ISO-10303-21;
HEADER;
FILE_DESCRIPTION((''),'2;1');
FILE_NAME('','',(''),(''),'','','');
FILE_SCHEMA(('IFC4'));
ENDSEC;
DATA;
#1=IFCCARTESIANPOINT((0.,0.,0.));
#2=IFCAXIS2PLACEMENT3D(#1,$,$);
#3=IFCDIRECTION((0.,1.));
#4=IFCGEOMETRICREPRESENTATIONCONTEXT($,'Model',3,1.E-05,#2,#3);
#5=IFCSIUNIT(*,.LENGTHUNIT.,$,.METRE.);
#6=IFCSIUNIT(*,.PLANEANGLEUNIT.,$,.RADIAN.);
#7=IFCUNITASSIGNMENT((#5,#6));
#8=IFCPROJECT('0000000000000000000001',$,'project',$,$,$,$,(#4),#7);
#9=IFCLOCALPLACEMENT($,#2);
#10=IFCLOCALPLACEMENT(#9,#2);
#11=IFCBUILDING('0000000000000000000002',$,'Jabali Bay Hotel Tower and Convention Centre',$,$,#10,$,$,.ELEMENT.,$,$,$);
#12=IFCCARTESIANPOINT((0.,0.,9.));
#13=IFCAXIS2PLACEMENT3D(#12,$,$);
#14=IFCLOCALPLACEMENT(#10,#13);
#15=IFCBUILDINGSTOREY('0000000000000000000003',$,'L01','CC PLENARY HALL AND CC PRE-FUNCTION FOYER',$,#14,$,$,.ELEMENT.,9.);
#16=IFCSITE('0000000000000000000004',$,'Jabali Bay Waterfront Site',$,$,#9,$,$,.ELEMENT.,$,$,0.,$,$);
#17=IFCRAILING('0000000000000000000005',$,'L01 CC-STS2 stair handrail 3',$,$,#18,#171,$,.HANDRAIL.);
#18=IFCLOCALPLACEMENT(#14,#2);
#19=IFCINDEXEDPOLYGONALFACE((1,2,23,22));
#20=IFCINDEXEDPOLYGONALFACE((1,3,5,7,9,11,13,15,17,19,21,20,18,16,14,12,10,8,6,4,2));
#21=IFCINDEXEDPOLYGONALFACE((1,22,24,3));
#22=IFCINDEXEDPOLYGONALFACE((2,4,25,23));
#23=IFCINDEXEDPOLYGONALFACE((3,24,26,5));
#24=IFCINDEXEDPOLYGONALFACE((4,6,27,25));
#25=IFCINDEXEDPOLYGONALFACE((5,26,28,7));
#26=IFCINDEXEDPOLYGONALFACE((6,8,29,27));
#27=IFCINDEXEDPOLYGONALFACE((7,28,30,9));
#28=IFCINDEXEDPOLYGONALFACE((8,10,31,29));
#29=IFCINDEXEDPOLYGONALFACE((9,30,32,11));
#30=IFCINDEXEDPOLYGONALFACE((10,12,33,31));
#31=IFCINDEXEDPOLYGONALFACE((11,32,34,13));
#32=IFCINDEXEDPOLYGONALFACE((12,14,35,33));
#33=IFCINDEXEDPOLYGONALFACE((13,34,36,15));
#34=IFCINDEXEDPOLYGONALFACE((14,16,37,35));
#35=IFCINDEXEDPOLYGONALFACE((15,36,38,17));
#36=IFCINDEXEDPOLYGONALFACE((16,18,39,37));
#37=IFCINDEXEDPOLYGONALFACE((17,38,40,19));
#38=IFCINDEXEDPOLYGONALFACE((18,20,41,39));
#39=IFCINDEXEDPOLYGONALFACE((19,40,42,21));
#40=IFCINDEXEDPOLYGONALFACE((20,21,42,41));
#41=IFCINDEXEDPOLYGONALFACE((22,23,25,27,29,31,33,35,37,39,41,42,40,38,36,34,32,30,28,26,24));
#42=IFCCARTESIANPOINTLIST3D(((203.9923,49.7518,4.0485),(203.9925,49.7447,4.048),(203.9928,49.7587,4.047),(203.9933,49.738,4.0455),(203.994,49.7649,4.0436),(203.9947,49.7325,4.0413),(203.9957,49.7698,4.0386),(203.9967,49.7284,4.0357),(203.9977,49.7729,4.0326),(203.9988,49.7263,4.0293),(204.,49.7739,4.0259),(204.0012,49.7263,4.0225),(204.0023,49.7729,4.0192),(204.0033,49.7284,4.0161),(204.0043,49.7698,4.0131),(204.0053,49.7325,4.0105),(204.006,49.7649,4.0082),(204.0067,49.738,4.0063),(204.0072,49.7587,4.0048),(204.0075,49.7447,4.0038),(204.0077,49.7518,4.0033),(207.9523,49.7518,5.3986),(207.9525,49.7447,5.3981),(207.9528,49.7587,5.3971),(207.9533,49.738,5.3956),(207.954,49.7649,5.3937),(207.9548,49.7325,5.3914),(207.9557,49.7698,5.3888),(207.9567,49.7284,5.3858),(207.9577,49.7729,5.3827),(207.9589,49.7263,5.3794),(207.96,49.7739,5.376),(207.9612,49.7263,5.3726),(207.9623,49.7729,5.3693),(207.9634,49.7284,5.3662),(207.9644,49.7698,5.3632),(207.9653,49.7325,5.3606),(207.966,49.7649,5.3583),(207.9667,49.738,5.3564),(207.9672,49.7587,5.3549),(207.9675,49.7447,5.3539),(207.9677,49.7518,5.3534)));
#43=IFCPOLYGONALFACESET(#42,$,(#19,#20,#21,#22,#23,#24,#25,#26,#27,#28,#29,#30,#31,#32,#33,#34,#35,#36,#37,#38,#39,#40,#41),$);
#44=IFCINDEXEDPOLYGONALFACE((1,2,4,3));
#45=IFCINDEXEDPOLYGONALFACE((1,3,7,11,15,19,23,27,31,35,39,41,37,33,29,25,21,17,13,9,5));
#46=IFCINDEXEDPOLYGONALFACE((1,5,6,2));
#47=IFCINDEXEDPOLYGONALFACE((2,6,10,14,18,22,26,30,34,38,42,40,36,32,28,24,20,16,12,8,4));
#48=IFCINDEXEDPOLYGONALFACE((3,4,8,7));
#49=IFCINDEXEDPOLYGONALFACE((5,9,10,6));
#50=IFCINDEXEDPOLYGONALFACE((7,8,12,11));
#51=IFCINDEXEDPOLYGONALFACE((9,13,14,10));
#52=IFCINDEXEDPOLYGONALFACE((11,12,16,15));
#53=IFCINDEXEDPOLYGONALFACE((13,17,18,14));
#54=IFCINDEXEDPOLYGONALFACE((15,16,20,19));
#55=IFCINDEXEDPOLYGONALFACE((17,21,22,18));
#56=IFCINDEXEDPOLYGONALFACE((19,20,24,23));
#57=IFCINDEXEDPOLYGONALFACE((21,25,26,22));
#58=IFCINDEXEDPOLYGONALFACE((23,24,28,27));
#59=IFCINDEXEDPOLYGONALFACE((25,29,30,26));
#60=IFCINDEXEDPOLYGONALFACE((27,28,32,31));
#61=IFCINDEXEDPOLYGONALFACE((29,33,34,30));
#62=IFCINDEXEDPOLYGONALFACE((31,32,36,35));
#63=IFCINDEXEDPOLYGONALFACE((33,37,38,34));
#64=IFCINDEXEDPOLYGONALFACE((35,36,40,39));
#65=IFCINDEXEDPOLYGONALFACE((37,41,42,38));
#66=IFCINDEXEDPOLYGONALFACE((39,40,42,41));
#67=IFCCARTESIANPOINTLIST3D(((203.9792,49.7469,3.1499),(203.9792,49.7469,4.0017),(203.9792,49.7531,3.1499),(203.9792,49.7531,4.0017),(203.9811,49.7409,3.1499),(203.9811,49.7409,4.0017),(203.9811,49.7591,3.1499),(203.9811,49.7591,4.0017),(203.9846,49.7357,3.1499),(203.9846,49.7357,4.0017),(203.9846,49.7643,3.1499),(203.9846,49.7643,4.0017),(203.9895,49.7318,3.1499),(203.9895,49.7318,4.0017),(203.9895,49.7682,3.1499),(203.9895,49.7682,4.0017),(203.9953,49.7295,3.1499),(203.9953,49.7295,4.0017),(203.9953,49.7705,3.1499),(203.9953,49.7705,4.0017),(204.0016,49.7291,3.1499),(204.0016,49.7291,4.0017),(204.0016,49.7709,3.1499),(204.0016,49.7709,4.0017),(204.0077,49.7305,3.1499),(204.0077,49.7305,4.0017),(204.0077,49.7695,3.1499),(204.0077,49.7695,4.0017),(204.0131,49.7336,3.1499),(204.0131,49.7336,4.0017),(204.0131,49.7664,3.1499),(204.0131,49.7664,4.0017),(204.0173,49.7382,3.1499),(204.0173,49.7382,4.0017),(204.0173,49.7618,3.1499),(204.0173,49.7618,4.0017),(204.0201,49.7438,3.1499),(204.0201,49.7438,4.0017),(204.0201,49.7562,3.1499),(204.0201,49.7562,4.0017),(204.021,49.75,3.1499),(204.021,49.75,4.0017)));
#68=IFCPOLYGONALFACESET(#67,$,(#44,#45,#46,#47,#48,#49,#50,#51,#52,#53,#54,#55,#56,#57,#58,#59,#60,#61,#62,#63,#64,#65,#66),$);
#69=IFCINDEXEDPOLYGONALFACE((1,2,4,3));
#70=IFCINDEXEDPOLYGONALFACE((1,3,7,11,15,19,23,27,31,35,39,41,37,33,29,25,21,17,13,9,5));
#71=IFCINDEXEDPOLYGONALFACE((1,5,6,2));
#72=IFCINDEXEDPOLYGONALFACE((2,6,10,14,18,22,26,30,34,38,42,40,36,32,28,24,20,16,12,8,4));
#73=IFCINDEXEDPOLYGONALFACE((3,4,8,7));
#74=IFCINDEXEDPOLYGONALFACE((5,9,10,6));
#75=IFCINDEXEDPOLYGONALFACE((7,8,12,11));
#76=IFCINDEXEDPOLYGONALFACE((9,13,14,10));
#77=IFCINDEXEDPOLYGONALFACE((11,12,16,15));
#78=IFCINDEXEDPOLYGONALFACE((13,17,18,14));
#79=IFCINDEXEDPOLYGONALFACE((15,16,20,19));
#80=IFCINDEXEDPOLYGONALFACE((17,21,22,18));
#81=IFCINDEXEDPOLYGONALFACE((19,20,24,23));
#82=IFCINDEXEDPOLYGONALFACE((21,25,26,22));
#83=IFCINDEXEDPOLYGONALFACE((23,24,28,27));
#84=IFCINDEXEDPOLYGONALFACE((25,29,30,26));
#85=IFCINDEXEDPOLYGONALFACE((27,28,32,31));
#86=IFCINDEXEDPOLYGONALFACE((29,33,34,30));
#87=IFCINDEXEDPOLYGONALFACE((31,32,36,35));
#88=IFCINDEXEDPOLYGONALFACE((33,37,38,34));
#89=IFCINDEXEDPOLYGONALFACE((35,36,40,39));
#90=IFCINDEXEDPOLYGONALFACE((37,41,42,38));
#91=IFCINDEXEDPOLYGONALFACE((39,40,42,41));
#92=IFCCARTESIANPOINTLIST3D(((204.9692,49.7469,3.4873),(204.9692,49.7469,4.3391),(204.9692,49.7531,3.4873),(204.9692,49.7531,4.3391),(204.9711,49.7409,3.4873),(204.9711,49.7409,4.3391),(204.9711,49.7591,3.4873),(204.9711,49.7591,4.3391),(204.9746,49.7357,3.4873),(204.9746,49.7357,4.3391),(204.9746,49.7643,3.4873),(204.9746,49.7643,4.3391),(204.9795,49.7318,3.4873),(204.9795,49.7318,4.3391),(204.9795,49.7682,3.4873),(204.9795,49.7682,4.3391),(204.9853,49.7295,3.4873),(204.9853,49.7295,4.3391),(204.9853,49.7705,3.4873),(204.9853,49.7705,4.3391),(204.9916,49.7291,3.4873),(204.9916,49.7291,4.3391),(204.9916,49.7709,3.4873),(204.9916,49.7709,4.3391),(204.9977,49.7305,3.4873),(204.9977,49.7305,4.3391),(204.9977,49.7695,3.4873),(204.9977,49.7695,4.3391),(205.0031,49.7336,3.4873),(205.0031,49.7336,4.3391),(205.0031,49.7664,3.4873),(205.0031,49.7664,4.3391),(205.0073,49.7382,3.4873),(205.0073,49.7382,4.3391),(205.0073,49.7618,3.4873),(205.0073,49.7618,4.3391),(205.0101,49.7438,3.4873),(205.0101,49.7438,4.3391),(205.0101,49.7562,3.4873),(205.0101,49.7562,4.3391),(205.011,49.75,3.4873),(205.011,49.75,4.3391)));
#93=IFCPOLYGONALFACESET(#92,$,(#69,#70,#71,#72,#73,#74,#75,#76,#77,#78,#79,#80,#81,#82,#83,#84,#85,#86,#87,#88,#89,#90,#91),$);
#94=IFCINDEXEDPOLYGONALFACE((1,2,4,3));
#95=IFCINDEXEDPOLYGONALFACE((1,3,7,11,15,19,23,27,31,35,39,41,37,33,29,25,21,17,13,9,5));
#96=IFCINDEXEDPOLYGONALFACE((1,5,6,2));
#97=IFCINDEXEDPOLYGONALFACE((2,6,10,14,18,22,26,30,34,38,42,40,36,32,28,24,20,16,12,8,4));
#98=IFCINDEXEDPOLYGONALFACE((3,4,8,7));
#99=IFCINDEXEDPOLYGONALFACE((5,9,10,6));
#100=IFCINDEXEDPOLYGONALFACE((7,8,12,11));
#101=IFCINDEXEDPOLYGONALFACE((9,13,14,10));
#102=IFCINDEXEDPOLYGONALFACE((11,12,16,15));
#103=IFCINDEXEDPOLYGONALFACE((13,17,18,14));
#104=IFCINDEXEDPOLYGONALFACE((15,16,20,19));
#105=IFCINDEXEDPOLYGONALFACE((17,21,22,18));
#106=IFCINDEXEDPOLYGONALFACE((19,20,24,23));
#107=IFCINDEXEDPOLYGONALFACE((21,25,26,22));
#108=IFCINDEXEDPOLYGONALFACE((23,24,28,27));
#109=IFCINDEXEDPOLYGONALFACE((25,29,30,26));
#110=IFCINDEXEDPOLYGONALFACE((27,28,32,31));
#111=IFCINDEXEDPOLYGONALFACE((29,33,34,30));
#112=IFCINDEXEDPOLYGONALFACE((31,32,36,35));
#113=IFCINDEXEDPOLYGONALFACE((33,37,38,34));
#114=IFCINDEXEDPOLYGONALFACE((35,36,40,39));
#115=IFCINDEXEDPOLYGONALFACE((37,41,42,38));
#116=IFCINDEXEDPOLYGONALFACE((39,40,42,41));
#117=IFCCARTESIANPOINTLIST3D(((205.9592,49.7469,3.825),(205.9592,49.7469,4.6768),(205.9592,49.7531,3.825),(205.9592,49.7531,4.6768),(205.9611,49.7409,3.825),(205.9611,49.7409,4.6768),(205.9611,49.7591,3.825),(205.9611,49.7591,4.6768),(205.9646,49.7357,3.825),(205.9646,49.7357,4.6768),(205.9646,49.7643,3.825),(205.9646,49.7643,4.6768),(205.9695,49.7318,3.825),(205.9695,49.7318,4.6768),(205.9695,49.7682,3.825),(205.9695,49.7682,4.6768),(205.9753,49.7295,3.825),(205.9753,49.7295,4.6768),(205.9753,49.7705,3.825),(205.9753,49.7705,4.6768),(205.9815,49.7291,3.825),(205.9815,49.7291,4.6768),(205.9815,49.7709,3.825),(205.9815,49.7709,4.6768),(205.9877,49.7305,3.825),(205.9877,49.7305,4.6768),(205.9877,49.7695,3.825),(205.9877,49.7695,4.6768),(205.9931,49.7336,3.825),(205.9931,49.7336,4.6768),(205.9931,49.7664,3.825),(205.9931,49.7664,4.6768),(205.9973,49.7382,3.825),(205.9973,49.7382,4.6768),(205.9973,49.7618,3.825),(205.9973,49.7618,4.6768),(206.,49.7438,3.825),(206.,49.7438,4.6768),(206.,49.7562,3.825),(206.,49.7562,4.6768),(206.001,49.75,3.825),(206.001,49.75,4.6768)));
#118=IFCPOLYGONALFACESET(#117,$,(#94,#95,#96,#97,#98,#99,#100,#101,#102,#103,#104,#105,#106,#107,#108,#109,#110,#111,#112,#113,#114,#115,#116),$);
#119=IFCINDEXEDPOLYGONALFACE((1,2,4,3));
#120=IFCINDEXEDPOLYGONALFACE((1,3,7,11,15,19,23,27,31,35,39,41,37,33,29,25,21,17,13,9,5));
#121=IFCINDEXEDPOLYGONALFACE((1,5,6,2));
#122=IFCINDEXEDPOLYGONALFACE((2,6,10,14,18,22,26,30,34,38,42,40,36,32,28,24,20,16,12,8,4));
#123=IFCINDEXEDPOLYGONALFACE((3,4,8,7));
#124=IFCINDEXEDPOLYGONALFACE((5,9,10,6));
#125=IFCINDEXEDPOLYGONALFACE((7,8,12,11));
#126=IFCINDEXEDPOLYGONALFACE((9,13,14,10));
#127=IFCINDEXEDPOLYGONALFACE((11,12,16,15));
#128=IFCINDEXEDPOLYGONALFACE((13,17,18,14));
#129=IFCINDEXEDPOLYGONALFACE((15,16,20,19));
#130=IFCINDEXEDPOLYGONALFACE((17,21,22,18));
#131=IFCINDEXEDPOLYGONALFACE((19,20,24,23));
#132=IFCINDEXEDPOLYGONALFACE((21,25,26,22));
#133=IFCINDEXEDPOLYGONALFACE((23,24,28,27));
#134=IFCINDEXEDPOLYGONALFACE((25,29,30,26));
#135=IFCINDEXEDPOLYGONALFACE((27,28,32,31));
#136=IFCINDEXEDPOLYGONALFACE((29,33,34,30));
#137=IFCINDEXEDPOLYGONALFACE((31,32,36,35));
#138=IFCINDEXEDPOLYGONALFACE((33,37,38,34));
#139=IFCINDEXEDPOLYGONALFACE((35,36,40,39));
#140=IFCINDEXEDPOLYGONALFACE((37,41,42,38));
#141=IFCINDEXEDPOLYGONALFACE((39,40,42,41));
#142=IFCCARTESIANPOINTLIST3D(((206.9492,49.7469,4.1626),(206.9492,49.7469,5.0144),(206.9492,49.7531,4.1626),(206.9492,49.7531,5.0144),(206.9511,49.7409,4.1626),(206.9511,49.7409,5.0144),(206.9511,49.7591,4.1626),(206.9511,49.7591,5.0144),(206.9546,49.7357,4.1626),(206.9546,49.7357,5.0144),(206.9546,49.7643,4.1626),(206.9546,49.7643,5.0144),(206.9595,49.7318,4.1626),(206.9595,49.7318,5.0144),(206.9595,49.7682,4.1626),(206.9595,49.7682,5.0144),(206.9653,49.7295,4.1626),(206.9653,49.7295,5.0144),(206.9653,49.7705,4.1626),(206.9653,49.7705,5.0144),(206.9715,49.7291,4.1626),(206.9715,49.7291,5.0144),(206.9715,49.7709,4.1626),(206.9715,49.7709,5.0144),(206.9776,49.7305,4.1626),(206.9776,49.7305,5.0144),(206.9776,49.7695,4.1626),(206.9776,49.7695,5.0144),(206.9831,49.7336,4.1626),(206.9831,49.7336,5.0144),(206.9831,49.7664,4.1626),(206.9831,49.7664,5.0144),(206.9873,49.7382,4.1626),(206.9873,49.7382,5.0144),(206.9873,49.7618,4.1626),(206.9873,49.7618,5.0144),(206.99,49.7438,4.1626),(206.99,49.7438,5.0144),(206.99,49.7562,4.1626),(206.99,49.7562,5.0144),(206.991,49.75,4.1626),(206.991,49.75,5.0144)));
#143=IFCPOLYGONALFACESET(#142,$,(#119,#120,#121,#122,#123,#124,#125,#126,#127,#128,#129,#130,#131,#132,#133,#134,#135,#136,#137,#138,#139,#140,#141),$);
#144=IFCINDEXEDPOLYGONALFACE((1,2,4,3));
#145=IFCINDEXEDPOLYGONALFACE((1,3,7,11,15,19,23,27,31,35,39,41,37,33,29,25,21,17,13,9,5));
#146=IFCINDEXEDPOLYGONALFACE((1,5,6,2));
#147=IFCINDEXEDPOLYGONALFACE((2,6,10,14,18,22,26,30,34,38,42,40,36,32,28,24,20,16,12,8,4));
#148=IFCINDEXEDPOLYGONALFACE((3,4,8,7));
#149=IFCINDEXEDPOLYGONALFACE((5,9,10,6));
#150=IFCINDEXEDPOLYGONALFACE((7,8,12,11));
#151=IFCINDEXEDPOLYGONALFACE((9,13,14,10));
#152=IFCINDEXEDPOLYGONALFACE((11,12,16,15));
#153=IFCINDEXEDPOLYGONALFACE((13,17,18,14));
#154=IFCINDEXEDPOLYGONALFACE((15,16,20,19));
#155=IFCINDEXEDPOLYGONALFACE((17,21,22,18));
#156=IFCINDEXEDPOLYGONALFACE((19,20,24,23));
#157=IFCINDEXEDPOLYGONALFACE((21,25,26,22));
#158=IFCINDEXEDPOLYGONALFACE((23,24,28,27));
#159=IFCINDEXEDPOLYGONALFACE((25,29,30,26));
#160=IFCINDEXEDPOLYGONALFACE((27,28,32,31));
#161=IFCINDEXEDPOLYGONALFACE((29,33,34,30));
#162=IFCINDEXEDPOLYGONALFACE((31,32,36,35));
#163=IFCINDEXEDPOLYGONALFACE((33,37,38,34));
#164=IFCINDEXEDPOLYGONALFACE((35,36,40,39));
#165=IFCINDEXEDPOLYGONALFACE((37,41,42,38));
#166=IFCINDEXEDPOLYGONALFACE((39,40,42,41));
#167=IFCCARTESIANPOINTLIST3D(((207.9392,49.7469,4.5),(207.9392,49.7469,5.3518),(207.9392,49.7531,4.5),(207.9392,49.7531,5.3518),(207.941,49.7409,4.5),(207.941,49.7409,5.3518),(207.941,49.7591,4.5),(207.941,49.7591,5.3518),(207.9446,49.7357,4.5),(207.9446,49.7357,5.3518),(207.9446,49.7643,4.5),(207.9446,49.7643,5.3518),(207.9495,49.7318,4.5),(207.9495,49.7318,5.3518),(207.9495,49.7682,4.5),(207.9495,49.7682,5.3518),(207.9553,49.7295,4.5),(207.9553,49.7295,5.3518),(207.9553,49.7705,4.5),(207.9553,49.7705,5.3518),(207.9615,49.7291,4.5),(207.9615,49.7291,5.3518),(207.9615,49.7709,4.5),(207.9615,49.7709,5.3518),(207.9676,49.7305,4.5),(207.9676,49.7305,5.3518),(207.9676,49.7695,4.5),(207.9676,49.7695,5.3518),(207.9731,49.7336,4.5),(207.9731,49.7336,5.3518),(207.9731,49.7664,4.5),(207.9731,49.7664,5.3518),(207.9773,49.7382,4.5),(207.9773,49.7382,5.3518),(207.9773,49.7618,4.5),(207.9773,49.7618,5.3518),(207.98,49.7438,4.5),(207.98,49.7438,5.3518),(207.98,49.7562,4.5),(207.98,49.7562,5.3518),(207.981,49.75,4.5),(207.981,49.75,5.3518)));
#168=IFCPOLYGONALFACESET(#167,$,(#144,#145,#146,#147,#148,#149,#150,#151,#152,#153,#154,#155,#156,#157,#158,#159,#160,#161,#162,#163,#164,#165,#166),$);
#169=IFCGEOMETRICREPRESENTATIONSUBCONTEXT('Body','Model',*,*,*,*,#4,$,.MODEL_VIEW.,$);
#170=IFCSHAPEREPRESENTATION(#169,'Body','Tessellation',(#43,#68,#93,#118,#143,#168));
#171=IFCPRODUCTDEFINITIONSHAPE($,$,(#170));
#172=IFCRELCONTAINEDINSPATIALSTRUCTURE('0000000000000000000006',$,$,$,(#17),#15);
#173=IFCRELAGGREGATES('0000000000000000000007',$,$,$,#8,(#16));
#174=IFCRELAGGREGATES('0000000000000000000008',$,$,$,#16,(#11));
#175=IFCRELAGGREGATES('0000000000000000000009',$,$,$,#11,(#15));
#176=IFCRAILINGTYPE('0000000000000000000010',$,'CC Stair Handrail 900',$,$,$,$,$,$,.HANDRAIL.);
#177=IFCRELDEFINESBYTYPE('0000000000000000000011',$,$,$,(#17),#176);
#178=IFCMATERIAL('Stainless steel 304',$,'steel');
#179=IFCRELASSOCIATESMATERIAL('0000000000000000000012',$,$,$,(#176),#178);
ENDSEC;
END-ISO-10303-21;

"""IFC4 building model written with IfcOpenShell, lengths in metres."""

from ifc_helpers import new_model, si_unit, direction, frame, origin, origin_2d, place, context, subcontext, project, spatial, circle, extrude, material, type_object, element, save


model = new_model("IFC4")

# Units and contexts
model_context = context("Model", 3, precision=1e-05, world=origin(), true_north=direction((0.0, 1.0)))
body_context = subcontext(model_context, "Body", "Model", "MODEL_VIEW")
ifc_project = project(units=[si_unit("LENGTHUNIT", "METRE"), si_unit("PLANEANGLEUNIT", "RADIAN")], contexts=[model_context])

# Site, building, storey
site_placement = place(None, origin())
site = spatial("IfcSite", under=ifc_project, at=site_placement, Name="Jabali Bay Waterfront Site", CompositionType="ELEMENT", RefElevation=0.0)
building_placement = place(site_placement, origin())
building = spatial("IfcBuilding", under=site, at=building_placement, Name="Jabali Bay Hotel Tower and Convention Centre", CompositionType="ELEMENT")
storey_placement = place(building_placement, frame((0.0, 0.0, 9.0)))
storey = spatial("IfcBuildingStorey", under=building, at=storey_placement, Name="L01", Description="CC PLENARY HALL AND CC PRE-FUNCTION FOYER", CompositionType="ELEMENT", Elevation=9.0)

# Railing
ifc_material_1 = material(Name="Stainless steel 304", Category="steel")
railing_type_1 = type_object("IfcRailingType", Name="CC Stair Handrail 900", PredefinedType="HANDRAIL", material=ifc_material_1)
for number, where, name in (
    (1, (204.0, 49.75, 3.1499), "L01 CC-STS2 stair handrail 3"),
):
    element("IfcRailing", number, at=place(storey_placement, frame(where)), inside=storey, type_object=railing_type_1, Name=name, PredefinedType="HANDRAIL", context=body_context, shape_type="SweptSolid", body=[
        extrude(circle(Radius=0.0239, at=origin_2d()), frame((0.0, 0.0, 0.876), z_axis=(0.946502, 0.0, 0.322698), x_axis=(0.0, 1.0, 0.0)), (0.0, 0.0, 1.0), 4.1838),
        extrude(circle(Radius=0.021, at=origin_2d()), origin(), (0.0, 0.0, 1.0), 0.8518),
        extrude(circle(Radius=0.021, at=origin_2d()), frame((0.99, 0.0, 0.3374)), (0.0, 0.0, 1.0), 0.8518),
        extrude(circle(Radius=0.021, at=origin_2d()), frame((1.98, 0.0, 0.675)), (0.0, 0.0, 1.0), 0.8518),
        extrude(circle(Radius=0.021, at=origin_2d()), frame((2.97, 0.0, 1.0127)), (0.0, 0.0, 1.0), 0.8518),
        extrude(circle(Radius=0.021, at=origin_2d()), frame((3.96, 0.0, 1.3501)), (0.0, 0.0, 1.0), 0.8518),
    ])

save(model, "model.ifc")
